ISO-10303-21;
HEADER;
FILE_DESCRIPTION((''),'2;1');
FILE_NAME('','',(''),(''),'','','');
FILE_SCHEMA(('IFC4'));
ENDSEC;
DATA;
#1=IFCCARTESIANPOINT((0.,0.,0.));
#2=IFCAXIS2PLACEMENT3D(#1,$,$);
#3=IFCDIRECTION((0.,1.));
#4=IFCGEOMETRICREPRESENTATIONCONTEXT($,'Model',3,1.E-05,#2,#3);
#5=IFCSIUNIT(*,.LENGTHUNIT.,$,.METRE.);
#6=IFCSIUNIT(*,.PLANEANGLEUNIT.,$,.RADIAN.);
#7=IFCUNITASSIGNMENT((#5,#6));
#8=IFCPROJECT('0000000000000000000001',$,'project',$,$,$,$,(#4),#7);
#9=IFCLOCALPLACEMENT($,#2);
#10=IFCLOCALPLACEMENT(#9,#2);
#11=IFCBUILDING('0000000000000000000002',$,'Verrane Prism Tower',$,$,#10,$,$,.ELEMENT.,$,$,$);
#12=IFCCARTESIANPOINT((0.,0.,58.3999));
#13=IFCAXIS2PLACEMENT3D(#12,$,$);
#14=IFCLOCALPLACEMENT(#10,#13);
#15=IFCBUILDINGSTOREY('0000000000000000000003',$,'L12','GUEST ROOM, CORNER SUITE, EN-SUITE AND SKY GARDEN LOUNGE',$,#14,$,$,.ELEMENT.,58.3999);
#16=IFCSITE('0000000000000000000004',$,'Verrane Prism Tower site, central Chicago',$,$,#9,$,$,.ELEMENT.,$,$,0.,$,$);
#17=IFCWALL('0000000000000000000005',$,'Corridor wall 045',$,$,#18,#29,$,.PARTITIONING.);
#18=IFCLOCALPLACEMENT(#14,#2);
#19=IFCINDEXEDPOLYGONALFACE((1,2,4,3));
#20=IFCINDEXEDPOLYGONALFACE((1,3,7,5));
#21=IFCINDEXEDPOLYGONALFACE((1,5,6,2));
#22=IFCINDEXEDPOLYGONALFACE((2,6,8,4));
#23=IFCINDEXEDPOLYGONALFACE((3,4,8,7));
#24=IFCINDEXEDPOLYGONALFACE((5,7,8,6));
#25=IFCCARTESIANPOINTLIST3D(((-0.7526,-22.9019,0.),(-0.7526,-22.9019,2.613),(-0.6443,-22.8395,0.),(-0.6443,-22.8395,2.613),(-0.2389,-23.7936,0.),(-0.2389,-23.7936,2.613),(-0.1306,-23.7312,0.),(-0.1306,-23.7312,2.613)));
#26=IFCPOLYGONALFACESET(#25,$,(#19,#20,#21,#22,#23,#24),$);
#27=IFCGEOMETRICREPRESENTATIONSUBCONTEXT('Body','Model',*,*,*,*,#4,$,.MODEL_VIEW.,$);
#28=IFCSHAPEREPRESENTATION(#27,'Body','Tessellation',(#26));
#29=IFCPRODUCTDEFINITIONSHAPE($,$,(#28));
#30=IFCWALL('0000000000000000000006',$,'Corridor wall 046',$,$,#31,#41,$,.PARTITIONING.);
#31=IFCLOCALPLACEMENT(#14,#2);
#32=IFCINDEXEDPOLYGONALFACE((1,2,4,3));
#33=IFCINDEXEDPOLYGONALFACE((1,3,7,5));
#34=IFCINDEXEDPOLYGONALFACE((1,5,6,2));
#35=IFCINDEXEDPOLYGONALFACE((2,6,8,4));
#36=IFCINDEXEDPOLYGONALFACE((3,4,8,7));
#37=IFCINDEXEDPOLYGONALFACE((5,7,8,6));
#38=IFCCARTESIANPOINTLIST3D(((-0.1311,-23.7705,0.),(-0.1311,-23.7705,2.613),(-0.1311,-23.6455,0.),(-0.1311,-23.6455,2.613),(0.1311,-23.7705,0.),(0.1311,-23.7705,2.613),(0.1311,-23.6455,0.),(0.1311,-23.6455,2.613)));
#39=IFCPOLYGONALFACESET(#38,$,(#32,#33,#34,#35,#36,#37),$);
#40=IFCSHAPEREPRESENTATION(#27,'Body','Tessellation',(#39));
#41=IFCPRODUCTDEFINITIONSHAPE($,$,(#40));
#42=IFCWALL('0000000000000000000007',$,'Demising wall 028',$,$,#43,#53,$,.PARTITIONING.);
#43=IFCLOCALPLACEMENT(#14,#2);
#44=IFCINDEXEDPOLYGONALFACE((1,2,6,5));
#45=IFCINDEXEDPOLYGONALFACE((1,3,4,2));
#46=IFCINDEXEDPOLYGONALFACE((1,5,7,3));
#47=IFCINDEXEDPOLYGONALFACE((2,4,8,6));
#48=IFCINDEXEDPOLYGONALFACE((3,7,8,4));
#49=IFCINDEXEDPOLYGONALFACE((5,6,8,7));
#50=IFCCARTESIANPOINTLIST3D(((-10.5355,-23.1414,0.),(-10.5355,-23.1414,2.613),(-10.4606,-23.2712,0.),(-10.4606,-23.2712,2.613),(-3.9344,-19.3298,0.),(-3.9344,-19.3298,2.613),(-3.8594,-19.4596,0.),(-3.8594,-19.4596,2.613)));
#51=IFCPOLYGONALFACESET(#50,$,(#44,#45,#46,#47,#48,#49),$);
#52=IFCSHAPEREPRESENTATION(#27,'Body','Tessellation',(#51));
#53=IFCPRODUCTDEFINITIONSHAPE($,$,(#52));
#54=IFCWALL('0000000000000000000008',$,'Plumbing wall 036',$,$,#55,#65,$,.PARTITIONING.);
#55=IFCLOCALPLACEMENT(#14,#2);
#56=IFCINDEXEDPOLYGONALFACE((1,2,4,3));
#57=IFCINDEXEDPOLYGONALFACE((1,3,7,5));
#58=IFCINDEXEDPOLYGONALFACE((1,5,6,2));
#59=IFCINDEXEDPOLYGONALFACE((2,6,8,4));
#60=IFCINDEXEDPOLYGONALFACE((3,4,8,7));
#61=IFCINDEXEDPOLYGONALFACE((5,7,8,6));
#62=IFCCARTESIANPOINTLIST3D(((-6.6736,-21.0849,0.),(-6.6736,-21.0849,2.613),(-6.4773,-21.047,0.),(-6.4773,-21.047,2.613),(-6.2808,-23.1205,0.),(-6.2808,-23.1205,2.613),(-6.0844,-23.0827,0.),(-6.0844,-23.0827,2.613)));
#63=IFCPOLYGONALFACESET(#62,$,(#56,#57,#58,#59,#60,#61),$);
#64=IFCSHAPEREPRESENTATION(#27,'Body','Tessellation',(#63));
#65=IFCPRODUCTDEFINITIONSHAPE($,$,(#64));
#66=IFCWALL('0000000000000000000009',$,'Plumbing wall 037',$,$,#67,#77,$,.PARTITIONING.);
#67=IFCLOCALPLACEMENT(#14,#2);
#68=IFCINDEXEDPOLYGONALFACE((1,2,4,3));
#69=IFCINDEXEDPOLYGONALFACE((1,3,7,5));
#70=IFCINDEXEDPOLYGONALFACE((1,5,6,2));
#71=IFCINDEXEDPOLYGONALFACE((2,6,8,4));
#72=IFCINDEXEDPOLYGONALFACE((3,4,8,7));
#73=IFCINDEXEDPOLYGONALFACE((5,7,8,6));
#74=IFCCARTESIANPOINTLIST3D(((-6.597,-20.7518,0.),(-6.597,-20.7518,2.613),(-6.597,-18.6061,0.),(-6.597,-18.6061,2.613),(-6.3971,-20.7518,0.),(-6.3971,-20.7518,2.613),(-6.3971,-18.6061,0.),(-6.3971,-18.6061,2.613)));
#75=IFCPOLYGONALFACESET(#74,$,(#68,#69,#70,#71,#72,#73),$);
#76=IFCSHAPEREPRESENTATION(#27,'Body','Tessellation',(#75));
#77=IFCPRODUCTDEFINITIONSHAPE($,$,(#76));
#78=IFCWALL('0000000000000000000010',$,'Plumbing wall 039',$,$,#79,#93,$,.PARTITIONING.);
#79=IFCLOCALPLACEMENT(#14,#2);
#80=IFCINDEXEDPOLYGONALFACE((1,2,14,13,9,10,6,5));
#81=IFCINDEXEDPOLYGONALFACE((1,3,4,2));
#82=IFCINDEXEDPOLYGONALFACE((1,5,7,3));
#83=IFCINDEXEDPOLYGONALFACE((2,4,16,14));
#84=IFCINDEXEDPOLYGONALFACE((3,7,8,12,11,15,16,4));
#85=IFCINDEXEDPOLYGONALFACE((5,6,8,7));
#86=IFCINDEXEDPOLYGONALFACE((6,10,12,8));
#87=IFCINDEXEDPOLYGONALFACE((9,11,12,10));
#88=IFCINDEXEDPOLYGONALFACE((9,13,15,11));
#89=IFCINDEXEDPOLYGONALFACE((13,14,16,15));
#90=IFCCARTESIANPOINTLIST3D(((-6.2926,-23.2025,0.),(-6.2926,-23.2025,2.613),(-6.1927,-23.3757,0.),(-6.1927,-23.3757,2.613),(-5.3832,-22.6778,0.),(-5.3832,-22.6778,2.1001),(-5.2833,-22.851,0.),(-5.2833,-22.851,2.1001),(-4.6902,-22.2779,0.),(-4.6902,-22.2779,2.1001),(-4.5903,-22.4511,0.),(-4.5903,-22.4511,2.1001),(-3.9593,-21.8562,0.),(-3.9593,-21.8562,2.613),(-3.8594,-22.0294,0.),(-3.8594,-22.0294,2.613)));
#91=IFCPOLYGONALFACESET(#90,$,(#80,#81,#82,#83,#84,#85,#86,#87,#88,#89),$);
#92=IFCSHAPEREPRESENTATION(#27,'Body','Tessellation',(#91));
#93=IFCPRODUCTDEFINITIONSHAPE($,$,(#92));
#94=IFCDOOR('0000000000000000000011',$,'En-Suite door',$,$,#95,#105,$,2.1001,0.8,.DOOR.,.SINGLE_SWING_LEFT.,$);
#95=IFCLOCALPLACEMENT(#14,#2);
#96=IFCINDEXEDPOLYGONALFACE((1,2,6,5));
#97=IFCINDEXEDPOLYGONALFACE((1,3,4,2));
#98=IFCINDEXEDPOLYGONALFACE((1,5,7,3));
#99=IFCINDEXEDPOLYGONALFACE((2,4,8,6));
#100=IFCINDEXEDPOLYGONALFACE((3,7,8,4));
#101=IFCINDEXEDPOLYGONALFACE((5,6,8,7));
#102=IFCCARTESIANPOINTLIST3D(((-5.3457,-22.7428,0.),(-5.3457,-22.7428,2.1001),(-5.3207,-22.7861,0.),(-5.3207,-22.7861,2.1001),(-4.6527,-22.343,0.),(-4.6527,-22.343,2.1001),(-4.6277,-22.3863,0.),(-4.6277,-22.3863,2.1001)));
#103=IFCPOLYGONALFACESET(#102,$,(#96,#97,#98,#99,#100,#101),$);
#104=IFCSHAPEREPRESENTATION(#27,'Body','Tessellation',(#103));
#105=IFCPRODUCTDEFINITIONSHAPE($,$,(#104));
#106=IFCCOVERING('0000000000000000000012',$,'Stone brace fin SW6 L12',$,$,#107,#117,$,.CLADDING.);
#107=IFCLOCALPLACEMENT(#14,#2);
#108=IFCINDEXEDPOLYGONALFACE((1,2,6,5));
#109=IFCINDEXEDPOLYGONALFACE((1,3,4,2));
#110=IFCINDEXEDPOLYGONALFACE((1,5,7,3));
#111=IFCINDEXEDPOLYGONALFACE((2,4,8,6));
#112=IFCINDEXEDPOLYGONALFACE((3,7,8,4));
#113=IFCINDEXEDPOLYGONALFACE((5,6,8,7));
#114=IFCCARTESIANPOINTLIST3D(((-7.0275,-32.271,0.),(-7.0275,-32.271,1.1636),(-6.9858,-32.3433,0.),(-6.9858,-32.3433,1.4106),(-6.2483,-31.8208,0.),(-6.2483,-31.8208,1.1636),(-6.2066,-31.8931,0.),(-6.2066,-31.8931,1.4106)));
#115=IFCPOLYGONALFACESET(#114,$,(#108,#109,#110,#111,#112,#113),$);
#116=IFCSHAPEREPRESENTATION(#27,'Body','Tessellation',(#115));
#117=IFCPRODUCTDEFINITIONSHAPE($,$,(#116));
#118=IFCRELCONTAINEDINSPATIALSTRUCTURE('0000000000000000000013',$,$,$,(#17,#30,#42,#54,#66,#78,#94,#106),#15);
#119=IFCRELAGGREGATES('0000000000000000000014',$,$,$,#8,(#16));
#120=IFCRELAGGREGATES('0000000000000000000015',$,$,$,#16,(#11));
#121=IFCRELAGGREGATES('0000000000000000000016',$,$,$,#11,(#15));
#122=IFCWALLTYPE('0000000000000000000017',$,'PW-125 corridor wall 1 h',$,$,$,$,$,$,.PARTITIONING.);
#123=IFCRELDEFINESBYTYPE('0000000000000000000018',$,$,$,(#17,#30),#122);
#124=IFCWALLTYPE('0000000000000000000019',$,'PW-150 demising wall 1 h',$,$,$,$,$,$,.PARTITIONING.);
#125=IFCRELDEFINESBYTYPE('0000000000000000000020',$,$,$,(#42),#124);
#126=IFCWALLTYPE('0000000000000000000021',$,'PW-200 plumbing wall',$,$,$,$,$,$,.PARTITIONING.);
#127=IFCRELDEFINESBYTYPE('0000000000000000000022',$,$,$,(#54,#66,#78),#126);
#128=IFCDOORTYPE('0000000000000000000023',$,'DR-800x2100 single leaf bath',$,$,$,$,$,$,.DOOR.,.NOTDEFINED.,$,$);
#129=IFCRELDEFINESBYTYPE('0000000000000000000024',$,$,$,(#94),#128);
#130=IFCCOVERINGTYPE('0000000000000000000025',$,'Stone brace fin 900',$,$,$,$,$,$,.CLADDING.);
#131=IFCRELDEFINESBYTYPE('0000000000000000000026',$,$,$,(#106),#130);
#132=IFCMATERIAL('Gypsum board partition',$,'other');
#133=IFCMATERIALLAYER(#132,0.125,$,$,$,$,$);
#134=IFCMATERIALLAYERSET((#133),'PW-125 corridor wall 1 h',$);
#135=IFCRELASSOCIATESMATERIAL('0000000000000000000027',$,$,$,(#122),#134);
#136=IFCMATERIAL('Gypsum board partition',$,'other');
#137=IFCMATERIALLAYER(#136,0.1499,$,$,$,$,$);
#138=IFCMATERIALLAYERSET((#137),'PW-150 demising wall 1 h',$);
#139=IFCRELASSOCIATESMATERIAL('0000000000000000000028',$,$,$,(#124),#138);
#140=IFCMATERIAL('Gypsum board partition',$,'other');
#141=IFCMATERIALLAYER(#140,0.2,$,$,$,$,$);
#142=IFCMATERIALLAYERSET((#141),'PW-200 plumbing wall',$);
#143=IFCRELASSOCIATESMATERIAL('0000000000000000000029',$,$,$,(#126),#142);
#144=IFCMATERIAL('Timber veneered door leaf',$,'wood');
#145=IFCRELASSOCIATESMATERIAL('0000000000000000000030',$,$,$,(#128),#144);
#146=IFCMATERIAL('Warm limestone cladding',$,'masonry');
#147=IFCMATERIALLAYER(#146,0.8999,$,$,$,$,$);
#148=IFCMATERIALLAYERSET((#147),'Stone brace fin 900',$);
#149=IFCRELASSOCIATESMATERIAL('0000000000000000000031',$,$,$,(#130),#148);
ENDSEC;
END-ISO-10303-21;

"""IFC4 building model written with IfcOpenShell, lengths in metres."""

from ifc_helpers import new_model, si_unit, direction, frame, frame_2d, origin, place, context, subcontext, project, spatial, polyline, rectangle, outline, extrude, material, layer, layer_set, type_object, element, fill, save


model = new_model("IFC4")

# Units and contexts
model_context = context("Model", 3, precision=1e-05, world=origin(), true_north=direction((0.0, 1.0)))
body_context = subcontext(model_context, "Body", "Model", "MODEL_VIEW")
ifc_project = project(units=[si_unit("LENGTHUNIT", "METRE"), si_unit("PLANEANGLEUNIT", "RADIAN")], contexts=[model_context])

# Site, building, storey
site_placement = place(None, origin())
site = spatial("IfcSite", under=ifc_project, at=site_placement, Name="Verrane Prism Tower site, central Chicago", CompositionType="ELEMENT", RefElevation=0.0)
building_placement = place(site_placement, origin())
building = spatial("IfcBuilding", under=site, at=building_placement, Name="Verrane Prism Tower", CompositionType="ELEMENT")
storey_placement = place(building_placement, frame((0.0, 0.0, 58.3999)))
storey = spatial("IfcBuildingStorey", under=building, at=storey_placement, Name="L12", Description="GUEST ROOM, CORNER SUITE, EN-SUITE AND SKY GARDEN LOUNGE", CompositionType="ELEMENT", Elevation=58.3999)

# Walls
ifc_material_1 = material(Name="Gypsum board partition", Category="other")
ifc_layer_1 = layer(ifc_material_1, 0.125)
ifc_layer_set_1 = layer_set([ifc_layer_1], Name="PW-125 corridor wall 1 h")
wall_type_1 = type_object("IfcWallType", Name="PW-125 corridor wall 1 h", PredefinedType="PARTITIONING", material=ifc_layer_set_1)
wall_1_placement = place(storey_placement, frame((-0.6985, -22.8706, 0.0), z_axis=(0.0, 0.0, 1.0), x_axis=(0.499202, -0.866486, 0.0)))
element("IfcWall", 1, at=wall_1_placement, inside=storey, type_object=wall_type_1, Name="Corridor wall 045", PredefinedType="PARTITIONING", context=body_context, shape_type="SweptSolid", body=[
    extrude(rectangle(XDim=1.0291, YDim=0.125, at=frame_2d((0.5146, 0.0))), origin(), (0.0, 0.0, 1.0), 2.613),
])
wall_2_placement = place(storey_placement, frame((-0.1311, -23.708, 0.0), z_axis=(0.0, 0.0, 1.0), x_axis=(1.0, 0.0, 0.0)))
element("IfcWall", 2, at=wall_2_placement, inside=storey, type_object=wall_type_1, Name="Corridor wall 046", PredefinedType="PARTITIONING", context=body_context, shape_type="SweptSolid", body=[
    extrude(rectangle(XDim=0.2622, YDim=0.125, at=frame_2d((0.1311, 0.0))), origin(), (0.0, 0.0, 1.0), 2.613),
])
ifc_material_2 = material(Name="Gypsum board partition", Category="other")
ifc_layer_2 = layer(ifc_material_2, 0.1499)
ifc_layer_set_2 = layer_set([ifc_layer_2], Name="PW-150 demising wall 1 h")
wall_type_2 = type_object("IfcWallType", Name="PW-150 demising wall 1 h", PredefinedType="PARTITIONING", material=ifc_layer_set_2)
wall_3_placement = place(storey_placement, frame((-10.498, -23.2063, 0.0), z_axis=(0.0, 0.0, 1.0), x_axis=(0.866003, 0.500039, 0.0)))
element("IfcWall", 3, at=wall_3_placement, inside=storey, type_object=wall_type_2, Name="Demising wall 028", PredefinedType="PARTITIONING", context=body_context, shape_type="SweptSolid", body=[
    extrude(rectangle(XDim=7.6226, YDim=0.1499, at=frame_2d((3.8113, 0.0))), origin(), (0.0, 0.0, 1.0), 2.613),
])
ifc_material_3 = material(Name="Gypsum board partition", Category="other")
ifc_layer_3 = layer(ifc_material_3, 0.2)
ifc_layer_set_3 = layer_set([ifc_layer_3], Name="PW-200 plumbing wall")
wall_type_3 = type_object("IfcWallType", Name="PW-200 plumbing wall", PredefinedType="PARTITIONING", material=ifc_layer_set_3)
wall_4_placement = place(storey_placement, frame((-6.5754, -21.0659, 0.0), z_axis=(0.0, 0.0, 1.0), x_axis=(0.189476, -0.981885, 0.0)))
element("IfcWall", 4, at=wall_4_placement, inside=storey, type_object=wall_type_3, Name="Plumbing wall 036", PredefinedType="PARTITIONING", context=body_context, shape_type="SweptSolid", body=[
    extrude(rectangle(XDim=2.0732, YDim=0.2, at=frame_2d((1.0366, 0.0))), origin(), (0.0, 0.0, 1.0), 2.613),
])
wall_5_placement = place(storey_placement, frame((-6.4971, -20.7517, 0.0), z_axis=(0.0, 0.0, 1.0), x_axis=(0.0, 1.0, 0.0)))
element("IfcWall", 5, at=wall_5_placement, inside=storey, type_object=wall_type_3, Name="Plumbing wall 037", PredefinedType="PARTITIONING", context=body_context, shape_type="SweptSolid", body=[
    extrude(rectangle(XDim=2.1458, YDim=0.2, at=frame_2d((1.0728, 0.0))), origin(), (0.0, 0.0, 1.0), 2.613),
])

# Wall, opening, door
wall_6_placement = place(storey_placement, frame((-6.2427, -23.2891, 0.0), z_axis=(0.0, 0.0, 1.0), x_axis=(0.866172, 0.499746, 0.0)))
wall_6 = element("IfcWall", 6, at=wall_6_placement, inside=storey, type_object=wall_type_3, Name="Plumbing wall 039", PredefinedType="PARTITIONING", context=body_context, shape_type="SweptSolid", body=[
    extrude(rectangle(XDim=2.6938, YDim=0.2, at=frame_2d((1.3469, 0.0))), origin(), (0.0, 0.0, 1.0), 2.613),
])
opening_placement = place(wall_6_placement, frame((1.05, 0.0, 0.0)))
opening = element("IfcOpeningElement", 7, at=opening_placement, cuts=wall_6, PredefinedType="OPENING", context=body_context, shape_type="SweptSolid", body=[
    extrude(rectangle(XDim=0.8, YDim=2.1001, at=frame_2d((0.3999, 1.05))), frame((0.0, 0.1099, 0.0), z_axis=(0.0, -1.0, 0.0), x_axis=(1.0, 0.0, 0.0)), (0.0, 0.0, 1.0), 0.22),
])
ifc_material_4 = material(Name="Timber veneered door leaf", Category="wood")
door_type = type_object("IfcDoorType", Name="DR-800x2100 single leaf bath", OperationType="NOTDEFINED", PredefinedType="DOOR", material=ifc_material_4)
door_placement = place(opening_placement, origin())
door = element("IfcDoor", 8, at=door_placement, inside=storey, type_object=door_type, Name="En-Suite door", OperationType="SINGLE_SWING_LEFT", OverallHeight=2.1001, OverallWidth=0.8, PredefinedType="DOOR", context=body_context, shape_type="SweptSolid", body=[
    extrude(rectangle(XDim=0.8, YDim=2.1001, at=frame_2d((0.3999, 1.05))), frame((0.0, 0.0249, 0.0), z_axis=(0.0, -1.0, 0.0), x_axis=(1.0, 0.0, 0.0)), (0.0, 0.0, 1.0), 0.05),
])
fill(opening, door)

# Covering
ifc_material_5 = material(Name="Warm limestone cladding", Category="masonry")
ifc_layer_4 = layer(ifc_material_5, 0.8999)
ifc_layer_set_4 = layer_set([ifc_layer_4], Name="Stone brace fin 900")
covering_type = type_object("IfcCoveringType", Name="Stone brace fin 900", PredefinedType="CLADDING", material=ifc_layer_set_4)
covering_placement = place(storey_placement, frame((-6.6379, -32.0459, 0.0), z_axis=(0.0, 0.0, 1.0), x_axis=(0.500229, -0.865893, 0.0)))
element("IfcCovering", 9, at=covering_placement, inside=storey, type_object=covering_type, Name="Stone brace fin SW6 L12", PredefinedType="CLADDING", context=body_context, shape_type="SweptSolid", body=[
    extrude(outline(polyline([(0.0, 0.0), (0.0835, 0.0), (0.0835, 1.4106), (0.0, 1.1636), (0.0, 0.0)])), frame((0.0, 0.45, 0.0), z_axis=(0.0, -1.0, 0.0), x_axis=(1.0, 0.0, 0.0)), (0.0, 0.0, 1.0), 0.8999),
])

save(model, "model.ifc")
